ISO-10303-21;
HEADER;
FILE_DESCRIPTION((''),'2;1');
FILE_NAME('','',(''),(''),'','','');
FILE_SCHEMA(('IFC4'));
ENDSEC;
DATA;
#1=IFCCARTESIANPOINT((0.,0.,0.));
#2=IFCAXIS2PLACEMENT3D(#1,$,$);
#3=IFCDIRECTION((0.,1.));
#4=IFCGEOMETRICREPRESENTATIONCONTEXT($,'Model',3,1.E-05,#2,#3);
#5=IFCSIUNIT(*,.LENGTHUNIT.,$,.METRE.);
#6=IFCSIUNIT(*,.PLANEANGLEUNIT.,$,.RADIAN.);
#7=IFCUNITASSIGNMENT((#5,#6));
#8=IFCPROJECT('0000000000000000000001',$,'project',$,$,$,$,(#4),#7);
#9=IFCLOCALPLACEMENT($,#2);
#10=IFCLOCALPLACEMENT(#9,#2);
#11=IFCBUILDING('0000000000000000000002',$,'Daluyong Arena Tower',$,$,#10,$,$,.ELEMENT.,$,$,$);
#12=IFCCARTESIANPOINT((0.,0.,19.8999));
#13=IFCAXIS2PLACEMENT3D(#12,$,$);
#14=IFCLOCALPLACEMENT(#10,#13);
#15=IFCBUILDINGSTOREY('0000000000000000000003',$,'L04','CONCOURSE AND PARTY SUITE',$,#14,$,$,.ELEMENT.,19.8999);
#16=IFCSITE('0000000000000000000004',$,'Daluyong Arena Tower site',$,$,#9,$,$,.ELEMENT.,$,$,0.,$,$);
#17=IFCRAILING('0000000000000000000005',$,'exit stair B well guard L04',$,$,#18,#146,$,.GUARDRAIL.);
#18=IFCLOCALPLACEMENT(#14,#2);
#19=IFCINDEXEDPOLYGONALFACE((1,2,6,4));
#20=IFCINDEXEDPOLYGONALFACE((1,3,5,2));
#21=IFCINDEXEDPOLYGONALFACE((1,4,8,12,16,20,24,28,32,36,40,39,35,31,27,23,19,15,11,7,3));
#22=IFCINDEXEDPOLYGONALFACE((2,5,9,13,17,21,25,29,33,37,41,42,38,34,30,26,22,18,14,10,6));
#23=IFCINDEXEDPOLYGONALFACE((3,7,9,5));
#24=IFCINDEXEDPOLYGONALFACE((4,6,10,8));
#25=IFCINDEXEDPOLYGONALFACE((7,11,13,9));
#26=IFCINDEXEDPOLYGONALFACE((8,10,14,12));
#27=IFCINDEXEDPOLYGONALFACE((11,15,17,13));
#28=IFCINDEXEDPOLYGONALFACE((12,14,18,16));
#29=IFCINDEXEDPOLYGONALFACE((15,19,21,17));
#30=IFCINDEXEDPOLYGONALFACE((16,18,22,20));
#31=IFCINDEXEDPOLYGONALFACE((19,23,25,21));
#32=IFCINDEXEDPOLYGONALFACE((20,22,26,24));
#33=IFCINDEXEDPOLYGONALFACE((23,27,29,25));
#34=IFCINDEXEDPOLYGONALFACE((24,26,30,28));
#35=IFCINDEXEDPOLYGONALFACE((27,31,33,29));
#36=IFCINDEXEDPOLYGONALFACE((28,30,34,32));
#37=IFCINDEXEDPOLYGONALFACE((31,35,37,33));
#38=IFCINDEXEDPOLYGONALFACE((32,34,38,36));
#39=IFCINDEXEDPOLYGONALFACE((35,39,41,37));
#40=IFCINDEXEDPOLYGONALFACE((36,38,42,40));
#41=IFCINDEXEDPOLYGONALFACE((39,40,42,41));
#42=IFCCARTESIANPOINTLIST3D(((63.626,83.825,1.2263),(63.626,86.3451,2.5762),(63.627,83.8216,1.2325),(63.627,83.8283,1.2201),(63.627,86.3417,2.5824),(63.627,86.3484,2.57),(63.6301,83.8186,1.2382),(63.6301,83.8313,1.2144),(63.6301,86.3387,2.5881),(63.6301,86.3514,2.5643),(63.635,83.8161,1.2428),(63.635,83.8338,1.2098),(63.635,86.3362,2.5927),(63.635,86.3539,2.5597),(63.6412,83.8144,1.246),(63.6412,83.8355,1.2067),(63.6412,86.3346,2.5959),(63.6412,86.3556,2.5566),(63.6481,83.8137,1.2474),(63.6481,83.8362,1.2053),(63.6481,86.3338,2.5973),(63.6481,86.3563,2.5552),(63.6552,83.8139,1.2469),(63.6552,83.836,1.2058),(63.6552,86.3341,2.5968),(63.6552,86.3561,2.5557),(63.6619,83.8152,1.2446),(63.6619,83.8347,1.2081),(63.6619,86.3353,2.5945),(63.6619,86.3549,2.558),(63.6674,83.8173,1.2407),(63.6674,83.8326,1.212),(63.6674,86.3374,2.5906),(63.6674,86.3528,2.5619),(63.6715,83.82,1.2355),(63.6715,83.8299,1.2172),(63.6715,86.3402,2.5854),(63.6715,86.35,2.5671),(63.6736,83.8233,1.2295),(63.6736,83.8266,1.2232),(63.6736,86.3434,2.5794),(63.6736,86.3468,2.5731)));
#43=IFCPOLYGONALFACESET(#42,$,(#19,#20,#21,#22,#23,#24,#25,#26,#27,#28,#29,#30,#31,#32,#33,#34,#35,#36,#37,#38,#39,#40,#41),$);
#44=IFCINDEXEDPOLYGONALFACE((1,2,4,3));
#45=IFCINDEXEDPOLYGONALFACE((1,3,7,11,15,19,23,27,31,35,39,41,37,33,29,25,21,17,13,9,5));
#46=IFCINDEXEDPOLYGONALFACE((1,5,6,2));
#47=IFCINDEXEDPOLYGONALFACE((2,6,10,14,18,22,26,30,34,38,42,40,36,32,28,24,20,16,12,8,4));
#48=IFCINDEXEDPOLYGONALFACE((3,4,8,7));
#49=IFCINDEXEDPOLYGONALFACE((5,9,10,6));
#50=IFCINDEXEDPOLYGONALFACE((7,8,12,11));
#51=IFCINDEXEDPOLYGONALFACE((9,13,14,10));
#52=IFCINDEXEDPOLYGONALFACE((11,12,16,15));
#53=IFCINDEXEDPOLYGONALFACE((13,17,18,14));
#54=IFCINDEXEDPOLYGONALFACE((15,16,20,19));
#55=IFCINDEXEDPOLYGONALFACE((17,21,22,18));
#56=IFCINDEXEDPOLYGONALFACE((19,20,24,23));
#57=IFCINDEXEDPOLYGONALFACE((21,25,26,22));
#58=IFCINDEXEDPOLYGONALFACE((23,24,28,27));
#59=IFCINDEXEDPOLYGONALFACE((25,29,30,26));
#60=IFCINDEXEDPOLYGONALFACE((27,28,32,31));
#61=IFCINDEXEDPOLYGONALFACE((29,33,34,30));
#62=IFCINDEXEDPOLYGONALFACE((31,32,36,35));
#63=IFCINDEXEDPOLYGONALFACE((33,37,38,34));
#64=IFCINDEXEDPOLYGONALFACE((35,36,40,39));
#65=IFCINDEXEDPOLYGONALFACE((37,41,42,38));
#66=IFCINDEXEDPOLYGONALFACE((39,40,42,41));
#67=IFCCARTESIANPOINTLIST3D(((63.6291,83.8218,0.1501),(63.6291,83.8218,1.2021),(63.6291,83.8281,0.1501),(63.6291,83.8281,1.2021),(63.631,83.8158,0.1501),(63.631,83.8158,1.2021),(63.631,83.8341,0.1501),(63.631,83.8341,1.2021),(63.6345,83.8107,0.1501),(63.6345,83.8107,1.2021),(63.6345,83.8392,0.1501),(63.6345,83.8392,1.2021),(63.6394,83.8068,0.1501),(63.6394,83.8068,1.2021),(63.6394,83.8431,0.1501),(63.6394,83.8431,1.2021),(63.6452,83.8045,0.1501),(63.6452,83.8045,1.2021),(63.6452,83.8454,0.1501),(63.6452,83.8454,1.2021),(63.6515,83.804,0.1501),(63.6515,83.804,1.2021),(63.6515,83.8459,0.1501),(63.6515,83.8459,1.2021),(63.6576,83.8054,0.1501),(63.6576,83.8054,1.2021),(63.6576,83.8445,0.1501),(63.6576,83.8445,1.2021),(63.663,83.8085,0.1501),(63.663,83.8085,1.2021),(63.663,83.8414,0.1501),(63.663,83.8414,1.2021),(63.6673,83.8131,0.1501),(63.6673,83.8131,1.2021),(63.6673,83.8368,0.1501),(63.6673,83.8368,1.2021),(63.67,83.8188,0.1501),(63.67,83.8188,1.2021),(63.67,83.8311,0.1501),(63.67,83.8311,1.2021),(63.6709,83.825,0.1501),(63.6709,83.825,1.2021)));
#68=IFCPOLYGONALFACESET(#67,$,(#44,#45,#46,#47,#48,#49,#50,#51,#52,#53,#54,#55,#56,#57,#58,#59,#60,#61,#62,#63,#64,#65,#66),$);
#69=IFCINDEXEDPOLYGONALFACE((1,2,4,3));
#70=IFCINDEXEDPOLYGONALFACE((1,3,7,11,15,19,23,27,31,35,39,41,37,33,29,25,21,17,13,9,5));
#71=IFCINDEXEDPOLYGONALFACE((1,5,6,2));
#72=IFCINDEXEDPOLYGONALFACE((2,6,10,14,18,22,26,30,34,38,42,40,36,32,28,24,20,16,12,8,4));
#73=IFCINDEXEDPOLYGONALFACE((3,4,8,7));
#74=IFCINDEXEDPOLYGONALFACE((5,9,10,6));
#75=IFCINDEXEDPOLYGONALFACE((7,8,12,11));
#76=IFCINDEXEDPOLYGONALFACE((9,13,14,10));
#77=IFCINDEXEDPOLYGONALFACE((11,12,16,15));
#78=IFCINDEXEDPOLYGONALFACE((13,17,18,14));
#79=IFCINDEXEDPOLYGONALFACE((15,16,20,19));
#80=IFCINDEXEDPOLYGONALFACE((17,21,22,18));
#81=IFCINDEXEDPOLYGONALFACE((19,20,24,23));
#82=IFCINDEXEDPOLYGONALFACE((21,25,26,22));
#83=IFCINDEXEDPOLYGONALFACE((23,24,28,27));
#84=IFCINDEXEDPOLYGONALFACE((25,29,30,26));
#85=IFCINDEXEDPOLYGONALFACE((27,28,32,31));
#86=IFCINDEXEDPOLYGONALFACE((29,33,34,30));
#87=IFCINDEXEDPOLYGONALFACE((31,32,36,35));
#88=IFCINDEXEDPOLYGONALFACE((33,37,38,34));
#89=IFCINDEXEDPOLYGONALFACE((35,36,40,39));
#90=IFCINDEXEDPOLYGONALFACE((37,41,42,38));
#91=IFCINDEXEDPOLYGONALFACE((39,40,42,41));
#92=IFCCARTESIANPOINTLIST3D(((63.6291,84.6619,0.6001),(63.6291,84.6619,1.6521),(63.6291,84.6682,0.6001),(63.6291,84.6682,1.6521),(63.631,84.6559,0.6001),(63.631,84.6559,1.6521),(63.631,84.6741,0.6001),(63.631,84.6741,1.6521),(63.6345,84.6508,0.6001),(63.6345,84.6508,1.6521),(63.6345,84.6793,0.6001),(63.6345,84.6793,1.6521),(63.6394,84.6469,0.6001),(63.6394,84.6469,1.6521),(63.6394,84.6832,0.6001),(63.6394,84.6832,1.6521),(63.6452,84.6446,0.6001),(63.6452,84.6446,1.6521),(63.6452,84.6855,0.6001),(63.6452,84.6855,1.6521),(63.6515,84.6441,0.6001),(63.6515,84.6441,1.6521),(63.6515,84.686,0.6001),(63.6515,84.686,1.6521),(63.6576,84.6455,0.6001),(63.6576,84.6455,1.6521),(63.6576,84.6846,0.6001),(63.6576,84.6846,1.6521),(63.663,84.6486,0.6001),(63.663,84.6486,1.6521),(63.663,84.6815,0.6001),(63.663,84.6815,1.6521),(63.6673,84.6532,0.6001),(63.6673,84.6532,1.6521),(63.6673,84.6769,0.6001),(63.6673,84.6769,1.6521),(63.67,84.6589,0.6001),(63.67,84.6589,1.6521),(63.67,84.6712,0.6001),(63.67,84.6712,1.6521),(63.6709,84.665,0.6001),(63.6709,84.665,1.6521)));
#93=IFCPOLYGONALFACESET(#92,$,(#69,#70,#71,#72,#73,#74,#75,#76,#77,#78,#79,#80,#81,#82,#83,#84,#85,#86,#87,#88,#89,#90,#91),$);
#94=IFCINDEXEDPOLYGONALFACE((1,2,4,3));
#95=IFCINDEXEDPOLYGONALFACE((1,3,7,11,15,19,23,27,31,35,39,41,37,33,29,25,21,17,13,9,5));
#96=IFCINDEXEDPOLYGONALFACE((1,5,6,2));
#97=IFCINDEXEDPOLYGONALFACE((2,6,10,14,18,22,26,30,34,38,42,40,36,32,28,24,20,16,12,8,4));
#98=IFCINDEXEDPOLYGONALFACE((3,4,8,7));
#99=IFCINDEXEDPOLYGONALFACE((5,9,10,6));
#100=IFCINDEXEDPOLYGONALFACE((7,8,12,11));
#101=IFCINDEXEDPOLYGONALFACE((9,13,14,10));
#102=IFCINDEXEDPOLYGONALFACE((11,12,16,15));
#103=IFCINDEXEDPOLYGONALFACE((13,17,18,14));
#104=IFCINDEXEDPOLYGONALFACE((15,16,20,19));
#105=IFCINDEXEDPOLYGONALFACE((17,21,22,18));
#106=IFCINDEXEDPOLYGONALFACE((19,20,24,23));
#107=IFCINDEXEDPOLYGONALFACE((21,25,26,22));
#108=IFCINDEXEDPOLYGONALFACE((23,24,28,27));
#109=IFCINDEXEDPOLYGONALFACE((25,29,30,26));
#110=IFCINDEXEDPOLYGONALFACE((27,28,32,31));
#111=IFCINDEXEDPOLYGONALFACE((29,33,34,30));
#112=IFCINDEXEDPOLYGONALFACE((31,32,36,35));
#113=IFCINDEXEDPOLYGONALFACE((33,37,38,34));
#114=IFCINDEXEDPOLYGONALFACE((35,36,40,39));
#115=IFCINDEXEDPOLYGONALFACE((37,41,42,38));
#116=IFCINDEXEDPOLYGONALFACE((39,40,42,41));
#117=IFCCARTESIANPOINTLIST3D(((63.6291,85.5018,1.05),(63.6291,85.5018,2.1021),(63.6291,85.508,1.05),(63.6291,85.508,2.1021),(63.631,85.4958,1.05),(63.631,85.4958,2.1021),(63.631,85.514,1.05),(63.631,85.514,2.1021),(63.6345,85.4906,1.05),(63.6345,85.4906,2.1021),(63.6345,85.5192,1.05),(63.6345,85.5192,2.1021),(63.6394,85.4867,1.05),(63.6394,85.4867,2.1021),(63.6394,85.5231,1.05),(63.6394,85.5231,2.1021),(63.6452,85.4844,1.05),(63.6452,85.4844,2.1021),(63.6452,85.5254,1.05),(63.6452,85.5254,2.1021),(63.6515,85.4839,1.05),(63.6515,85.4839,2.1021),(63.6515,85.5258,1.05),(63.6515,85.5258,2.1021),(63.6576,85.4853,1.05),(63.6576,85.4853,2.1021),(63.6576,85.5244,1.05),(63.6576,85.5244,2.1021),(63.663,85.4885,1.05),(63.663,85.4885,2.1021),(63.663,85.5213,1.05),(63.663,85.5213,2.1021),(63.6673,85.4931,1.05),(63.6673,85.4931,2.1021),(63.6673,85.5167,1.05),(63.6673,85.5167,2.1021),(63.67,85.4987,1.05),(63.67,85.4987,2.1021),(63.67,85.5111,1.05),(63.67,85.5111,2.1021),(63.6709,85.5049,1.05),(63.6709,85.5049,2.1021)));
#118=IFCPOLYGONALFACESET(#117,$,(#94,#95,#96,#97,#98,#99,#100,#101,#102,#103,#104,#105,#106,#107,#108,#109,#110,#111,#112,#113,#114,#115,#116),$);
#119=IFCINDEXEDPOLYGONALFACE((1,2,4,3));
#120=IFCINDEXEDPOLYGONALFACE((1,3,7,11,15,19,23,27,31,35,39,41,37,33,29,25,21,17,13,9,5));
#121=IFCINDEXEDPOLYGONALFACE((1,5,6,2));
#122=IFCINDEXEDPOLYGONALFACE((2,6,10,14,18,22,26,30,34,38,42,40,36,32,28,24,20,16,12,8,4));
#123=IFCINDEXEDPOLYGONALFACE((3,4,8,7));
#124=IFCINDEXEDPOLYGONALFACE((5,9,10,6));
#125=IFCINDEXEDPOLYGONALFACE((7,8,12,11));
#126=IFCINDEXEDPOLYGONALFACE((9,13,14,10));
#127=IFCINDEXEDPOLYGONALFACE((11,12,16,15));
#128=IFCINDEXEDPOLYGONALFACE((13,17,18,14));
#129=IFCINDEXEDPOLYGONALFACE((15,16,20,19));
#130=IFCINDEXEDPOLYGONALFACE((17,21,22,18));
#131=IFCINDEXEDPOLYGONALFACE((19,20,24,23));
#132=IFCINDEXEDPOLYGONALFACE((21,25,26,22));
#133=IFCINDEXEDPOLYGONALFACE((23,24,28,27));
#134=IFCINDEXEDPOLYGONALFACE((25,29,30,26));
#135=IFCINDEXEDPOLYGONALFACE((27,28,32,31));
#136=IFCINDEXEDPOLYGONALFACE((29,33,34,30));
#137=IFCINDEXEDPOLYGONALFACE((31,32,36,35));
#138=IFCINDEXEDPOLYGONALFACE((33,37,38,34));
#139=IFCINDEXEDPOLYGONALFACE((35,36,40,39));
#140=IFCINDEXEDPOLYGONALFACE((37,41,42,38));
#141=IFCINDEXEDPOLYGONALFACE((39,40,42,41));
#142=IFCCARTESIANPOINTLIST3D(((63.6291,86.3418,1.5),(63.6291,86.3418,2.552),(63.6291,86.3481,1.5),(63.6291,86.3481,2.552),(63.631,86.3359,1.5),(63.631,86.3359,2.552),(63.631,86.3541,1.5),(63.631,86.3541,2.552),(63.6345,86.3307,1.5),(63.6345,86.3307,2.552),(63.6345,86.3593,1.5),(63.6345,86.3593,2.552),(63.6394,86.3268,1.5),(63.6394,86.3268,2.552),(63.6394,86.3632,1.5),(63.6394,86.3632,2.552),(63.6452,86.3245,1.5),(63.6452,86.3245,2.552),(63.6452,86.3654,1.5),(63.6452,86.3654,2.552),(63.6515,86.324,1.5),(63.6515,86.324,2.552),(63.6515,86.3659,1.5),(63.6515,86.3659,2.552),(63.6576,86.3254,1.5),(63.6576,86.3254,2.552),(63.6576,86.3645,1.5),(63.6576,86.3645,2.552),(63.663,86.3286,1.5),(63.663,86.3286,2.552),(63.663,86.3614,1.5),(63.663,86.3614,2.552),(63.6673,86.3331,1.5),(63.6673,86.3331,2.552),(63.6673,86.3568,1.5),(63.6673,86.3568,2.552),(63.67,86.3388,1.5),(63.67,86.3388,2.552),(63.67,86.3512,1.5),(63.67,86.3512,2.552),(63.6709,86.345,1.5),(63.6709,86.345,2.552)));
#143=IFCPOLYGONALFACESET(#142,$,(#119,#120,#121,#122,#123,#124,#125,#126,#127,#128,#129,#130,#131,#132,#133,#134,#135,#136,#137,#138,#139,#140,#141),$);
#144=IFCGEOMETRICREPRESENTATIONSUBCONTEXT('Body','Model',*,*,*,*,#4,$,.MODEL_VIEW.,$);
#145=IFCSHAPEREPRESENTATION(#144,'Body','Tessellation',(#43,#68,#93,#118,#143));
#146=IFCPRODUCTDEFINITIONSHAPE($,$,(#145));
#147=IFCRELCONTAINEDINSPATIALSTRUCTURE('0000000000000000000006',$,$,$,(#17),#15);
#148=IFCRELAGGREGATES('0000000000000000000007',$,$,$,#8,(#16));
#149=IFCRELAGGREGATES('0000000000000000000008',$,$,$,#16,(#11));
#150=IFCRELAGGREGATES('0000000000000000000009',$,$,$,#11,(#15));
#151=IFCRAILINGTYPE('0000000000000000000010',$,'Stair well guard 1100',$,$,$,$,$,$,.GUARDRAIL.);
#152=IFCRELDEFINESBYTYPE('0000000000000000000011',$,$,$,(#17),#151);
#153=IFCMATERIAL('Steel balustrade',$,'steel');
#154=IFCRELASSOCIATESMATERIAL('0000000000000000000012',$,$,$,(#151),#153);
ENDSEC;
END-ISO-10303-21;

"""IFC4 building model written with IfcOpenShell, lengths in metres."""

from ifc_helpers import new_model, si_unit, direction, frame, origin, origin_2d, place, context, subcontext, project, spatial, circle, extrude, material, type_object, element, save


model = new_model("IFC4")

# Units and contexts
model_context = context("Model", 3, precision=1e-05, world=origin(), true_north=direction((0.0, 1.0)))
body_context = subcontext(model_context, "Body", "Model", "MODEL_VIEW")
ifc_project = project(units=[si_unit("LENGTHUNIT", "METRE"), si_unit("PLANEANGLEUNIT", "RADIAN")], contexts=[model_context])

# Site, building, storey
site_placement = place(None, origin())
site = spatial("IfcSite", under=ifc_project, at=site_placement, Name="Daluyong Arena Tower site", CompositionType="ELEMENT", RefElevation=0.0)
building_placement = place(site_placement, origin())
building = spatial("IfcBuilding", under=site, at=building_placement, Name="Daluyong Arena Tower", CompositionType="ELEMENT")
storey_placement = place(building_placement, frame((0.0, 0.0, 19.8999)))
storey = spatial("IfcBuildingStorey", under=building, at=storey_placement, Name="L04", Description="CONCOURSE AND PARTY SUITE", CompositionType="ELEMENT", Elevation=19.8999)

# Railing
ifc_material_1 = material(Name="Steel balustrade", Category="steel")
railing_type_1 = type_object("IfcRailingType", Name="Stair well guard 1100", PredefinedType="GUARDRAIL", material=ifc_material_1)
railing_1_placement = place(storey_placement, frame((63.6499, 83.825, 0.1501)))
element("IfcRailing", 1, at=railing_1_placement, inside=storey, type_object=railing_type_1, Name="exit stair B well guard L04", PredefinedType="GUARDRAIL", context=body_context, shape_type="SweptSolid", body=[
    extrude(circle(Radius=0.0239, at=origin_2d()), frame((0.0, 0.0, 1.0762), z_axis=(0.0, 0.881503, 0.472179), x_axis=(-1.0, 0.0, 0.0)), (0.0, 0.0, 1.0), 2.8589),
    extrude(circle(Radius=0.021, at=origin_2d()), origin(), (0.0, 0.0, 1.0), 1.052),
    extrude(circle(Radius=0.021, at=origin_2d()), frame((0.0, 0.8401, 0.45)), (0.0, 0.0, 1.0), 1.052),
    extrude(circle(Radius=0.021, at=origin_2d()), frame((0.0, 1.6799, 0.8999)), (0.0, 0.0, 1.0), 1.052),
    extrude(circle(Radius=0.021, at=origin_2d()), frame((0.0, 2.52, 1.3499)), (0.0, 0.0, 1.0), 1.052),
])

save(model, "model.ifc")
